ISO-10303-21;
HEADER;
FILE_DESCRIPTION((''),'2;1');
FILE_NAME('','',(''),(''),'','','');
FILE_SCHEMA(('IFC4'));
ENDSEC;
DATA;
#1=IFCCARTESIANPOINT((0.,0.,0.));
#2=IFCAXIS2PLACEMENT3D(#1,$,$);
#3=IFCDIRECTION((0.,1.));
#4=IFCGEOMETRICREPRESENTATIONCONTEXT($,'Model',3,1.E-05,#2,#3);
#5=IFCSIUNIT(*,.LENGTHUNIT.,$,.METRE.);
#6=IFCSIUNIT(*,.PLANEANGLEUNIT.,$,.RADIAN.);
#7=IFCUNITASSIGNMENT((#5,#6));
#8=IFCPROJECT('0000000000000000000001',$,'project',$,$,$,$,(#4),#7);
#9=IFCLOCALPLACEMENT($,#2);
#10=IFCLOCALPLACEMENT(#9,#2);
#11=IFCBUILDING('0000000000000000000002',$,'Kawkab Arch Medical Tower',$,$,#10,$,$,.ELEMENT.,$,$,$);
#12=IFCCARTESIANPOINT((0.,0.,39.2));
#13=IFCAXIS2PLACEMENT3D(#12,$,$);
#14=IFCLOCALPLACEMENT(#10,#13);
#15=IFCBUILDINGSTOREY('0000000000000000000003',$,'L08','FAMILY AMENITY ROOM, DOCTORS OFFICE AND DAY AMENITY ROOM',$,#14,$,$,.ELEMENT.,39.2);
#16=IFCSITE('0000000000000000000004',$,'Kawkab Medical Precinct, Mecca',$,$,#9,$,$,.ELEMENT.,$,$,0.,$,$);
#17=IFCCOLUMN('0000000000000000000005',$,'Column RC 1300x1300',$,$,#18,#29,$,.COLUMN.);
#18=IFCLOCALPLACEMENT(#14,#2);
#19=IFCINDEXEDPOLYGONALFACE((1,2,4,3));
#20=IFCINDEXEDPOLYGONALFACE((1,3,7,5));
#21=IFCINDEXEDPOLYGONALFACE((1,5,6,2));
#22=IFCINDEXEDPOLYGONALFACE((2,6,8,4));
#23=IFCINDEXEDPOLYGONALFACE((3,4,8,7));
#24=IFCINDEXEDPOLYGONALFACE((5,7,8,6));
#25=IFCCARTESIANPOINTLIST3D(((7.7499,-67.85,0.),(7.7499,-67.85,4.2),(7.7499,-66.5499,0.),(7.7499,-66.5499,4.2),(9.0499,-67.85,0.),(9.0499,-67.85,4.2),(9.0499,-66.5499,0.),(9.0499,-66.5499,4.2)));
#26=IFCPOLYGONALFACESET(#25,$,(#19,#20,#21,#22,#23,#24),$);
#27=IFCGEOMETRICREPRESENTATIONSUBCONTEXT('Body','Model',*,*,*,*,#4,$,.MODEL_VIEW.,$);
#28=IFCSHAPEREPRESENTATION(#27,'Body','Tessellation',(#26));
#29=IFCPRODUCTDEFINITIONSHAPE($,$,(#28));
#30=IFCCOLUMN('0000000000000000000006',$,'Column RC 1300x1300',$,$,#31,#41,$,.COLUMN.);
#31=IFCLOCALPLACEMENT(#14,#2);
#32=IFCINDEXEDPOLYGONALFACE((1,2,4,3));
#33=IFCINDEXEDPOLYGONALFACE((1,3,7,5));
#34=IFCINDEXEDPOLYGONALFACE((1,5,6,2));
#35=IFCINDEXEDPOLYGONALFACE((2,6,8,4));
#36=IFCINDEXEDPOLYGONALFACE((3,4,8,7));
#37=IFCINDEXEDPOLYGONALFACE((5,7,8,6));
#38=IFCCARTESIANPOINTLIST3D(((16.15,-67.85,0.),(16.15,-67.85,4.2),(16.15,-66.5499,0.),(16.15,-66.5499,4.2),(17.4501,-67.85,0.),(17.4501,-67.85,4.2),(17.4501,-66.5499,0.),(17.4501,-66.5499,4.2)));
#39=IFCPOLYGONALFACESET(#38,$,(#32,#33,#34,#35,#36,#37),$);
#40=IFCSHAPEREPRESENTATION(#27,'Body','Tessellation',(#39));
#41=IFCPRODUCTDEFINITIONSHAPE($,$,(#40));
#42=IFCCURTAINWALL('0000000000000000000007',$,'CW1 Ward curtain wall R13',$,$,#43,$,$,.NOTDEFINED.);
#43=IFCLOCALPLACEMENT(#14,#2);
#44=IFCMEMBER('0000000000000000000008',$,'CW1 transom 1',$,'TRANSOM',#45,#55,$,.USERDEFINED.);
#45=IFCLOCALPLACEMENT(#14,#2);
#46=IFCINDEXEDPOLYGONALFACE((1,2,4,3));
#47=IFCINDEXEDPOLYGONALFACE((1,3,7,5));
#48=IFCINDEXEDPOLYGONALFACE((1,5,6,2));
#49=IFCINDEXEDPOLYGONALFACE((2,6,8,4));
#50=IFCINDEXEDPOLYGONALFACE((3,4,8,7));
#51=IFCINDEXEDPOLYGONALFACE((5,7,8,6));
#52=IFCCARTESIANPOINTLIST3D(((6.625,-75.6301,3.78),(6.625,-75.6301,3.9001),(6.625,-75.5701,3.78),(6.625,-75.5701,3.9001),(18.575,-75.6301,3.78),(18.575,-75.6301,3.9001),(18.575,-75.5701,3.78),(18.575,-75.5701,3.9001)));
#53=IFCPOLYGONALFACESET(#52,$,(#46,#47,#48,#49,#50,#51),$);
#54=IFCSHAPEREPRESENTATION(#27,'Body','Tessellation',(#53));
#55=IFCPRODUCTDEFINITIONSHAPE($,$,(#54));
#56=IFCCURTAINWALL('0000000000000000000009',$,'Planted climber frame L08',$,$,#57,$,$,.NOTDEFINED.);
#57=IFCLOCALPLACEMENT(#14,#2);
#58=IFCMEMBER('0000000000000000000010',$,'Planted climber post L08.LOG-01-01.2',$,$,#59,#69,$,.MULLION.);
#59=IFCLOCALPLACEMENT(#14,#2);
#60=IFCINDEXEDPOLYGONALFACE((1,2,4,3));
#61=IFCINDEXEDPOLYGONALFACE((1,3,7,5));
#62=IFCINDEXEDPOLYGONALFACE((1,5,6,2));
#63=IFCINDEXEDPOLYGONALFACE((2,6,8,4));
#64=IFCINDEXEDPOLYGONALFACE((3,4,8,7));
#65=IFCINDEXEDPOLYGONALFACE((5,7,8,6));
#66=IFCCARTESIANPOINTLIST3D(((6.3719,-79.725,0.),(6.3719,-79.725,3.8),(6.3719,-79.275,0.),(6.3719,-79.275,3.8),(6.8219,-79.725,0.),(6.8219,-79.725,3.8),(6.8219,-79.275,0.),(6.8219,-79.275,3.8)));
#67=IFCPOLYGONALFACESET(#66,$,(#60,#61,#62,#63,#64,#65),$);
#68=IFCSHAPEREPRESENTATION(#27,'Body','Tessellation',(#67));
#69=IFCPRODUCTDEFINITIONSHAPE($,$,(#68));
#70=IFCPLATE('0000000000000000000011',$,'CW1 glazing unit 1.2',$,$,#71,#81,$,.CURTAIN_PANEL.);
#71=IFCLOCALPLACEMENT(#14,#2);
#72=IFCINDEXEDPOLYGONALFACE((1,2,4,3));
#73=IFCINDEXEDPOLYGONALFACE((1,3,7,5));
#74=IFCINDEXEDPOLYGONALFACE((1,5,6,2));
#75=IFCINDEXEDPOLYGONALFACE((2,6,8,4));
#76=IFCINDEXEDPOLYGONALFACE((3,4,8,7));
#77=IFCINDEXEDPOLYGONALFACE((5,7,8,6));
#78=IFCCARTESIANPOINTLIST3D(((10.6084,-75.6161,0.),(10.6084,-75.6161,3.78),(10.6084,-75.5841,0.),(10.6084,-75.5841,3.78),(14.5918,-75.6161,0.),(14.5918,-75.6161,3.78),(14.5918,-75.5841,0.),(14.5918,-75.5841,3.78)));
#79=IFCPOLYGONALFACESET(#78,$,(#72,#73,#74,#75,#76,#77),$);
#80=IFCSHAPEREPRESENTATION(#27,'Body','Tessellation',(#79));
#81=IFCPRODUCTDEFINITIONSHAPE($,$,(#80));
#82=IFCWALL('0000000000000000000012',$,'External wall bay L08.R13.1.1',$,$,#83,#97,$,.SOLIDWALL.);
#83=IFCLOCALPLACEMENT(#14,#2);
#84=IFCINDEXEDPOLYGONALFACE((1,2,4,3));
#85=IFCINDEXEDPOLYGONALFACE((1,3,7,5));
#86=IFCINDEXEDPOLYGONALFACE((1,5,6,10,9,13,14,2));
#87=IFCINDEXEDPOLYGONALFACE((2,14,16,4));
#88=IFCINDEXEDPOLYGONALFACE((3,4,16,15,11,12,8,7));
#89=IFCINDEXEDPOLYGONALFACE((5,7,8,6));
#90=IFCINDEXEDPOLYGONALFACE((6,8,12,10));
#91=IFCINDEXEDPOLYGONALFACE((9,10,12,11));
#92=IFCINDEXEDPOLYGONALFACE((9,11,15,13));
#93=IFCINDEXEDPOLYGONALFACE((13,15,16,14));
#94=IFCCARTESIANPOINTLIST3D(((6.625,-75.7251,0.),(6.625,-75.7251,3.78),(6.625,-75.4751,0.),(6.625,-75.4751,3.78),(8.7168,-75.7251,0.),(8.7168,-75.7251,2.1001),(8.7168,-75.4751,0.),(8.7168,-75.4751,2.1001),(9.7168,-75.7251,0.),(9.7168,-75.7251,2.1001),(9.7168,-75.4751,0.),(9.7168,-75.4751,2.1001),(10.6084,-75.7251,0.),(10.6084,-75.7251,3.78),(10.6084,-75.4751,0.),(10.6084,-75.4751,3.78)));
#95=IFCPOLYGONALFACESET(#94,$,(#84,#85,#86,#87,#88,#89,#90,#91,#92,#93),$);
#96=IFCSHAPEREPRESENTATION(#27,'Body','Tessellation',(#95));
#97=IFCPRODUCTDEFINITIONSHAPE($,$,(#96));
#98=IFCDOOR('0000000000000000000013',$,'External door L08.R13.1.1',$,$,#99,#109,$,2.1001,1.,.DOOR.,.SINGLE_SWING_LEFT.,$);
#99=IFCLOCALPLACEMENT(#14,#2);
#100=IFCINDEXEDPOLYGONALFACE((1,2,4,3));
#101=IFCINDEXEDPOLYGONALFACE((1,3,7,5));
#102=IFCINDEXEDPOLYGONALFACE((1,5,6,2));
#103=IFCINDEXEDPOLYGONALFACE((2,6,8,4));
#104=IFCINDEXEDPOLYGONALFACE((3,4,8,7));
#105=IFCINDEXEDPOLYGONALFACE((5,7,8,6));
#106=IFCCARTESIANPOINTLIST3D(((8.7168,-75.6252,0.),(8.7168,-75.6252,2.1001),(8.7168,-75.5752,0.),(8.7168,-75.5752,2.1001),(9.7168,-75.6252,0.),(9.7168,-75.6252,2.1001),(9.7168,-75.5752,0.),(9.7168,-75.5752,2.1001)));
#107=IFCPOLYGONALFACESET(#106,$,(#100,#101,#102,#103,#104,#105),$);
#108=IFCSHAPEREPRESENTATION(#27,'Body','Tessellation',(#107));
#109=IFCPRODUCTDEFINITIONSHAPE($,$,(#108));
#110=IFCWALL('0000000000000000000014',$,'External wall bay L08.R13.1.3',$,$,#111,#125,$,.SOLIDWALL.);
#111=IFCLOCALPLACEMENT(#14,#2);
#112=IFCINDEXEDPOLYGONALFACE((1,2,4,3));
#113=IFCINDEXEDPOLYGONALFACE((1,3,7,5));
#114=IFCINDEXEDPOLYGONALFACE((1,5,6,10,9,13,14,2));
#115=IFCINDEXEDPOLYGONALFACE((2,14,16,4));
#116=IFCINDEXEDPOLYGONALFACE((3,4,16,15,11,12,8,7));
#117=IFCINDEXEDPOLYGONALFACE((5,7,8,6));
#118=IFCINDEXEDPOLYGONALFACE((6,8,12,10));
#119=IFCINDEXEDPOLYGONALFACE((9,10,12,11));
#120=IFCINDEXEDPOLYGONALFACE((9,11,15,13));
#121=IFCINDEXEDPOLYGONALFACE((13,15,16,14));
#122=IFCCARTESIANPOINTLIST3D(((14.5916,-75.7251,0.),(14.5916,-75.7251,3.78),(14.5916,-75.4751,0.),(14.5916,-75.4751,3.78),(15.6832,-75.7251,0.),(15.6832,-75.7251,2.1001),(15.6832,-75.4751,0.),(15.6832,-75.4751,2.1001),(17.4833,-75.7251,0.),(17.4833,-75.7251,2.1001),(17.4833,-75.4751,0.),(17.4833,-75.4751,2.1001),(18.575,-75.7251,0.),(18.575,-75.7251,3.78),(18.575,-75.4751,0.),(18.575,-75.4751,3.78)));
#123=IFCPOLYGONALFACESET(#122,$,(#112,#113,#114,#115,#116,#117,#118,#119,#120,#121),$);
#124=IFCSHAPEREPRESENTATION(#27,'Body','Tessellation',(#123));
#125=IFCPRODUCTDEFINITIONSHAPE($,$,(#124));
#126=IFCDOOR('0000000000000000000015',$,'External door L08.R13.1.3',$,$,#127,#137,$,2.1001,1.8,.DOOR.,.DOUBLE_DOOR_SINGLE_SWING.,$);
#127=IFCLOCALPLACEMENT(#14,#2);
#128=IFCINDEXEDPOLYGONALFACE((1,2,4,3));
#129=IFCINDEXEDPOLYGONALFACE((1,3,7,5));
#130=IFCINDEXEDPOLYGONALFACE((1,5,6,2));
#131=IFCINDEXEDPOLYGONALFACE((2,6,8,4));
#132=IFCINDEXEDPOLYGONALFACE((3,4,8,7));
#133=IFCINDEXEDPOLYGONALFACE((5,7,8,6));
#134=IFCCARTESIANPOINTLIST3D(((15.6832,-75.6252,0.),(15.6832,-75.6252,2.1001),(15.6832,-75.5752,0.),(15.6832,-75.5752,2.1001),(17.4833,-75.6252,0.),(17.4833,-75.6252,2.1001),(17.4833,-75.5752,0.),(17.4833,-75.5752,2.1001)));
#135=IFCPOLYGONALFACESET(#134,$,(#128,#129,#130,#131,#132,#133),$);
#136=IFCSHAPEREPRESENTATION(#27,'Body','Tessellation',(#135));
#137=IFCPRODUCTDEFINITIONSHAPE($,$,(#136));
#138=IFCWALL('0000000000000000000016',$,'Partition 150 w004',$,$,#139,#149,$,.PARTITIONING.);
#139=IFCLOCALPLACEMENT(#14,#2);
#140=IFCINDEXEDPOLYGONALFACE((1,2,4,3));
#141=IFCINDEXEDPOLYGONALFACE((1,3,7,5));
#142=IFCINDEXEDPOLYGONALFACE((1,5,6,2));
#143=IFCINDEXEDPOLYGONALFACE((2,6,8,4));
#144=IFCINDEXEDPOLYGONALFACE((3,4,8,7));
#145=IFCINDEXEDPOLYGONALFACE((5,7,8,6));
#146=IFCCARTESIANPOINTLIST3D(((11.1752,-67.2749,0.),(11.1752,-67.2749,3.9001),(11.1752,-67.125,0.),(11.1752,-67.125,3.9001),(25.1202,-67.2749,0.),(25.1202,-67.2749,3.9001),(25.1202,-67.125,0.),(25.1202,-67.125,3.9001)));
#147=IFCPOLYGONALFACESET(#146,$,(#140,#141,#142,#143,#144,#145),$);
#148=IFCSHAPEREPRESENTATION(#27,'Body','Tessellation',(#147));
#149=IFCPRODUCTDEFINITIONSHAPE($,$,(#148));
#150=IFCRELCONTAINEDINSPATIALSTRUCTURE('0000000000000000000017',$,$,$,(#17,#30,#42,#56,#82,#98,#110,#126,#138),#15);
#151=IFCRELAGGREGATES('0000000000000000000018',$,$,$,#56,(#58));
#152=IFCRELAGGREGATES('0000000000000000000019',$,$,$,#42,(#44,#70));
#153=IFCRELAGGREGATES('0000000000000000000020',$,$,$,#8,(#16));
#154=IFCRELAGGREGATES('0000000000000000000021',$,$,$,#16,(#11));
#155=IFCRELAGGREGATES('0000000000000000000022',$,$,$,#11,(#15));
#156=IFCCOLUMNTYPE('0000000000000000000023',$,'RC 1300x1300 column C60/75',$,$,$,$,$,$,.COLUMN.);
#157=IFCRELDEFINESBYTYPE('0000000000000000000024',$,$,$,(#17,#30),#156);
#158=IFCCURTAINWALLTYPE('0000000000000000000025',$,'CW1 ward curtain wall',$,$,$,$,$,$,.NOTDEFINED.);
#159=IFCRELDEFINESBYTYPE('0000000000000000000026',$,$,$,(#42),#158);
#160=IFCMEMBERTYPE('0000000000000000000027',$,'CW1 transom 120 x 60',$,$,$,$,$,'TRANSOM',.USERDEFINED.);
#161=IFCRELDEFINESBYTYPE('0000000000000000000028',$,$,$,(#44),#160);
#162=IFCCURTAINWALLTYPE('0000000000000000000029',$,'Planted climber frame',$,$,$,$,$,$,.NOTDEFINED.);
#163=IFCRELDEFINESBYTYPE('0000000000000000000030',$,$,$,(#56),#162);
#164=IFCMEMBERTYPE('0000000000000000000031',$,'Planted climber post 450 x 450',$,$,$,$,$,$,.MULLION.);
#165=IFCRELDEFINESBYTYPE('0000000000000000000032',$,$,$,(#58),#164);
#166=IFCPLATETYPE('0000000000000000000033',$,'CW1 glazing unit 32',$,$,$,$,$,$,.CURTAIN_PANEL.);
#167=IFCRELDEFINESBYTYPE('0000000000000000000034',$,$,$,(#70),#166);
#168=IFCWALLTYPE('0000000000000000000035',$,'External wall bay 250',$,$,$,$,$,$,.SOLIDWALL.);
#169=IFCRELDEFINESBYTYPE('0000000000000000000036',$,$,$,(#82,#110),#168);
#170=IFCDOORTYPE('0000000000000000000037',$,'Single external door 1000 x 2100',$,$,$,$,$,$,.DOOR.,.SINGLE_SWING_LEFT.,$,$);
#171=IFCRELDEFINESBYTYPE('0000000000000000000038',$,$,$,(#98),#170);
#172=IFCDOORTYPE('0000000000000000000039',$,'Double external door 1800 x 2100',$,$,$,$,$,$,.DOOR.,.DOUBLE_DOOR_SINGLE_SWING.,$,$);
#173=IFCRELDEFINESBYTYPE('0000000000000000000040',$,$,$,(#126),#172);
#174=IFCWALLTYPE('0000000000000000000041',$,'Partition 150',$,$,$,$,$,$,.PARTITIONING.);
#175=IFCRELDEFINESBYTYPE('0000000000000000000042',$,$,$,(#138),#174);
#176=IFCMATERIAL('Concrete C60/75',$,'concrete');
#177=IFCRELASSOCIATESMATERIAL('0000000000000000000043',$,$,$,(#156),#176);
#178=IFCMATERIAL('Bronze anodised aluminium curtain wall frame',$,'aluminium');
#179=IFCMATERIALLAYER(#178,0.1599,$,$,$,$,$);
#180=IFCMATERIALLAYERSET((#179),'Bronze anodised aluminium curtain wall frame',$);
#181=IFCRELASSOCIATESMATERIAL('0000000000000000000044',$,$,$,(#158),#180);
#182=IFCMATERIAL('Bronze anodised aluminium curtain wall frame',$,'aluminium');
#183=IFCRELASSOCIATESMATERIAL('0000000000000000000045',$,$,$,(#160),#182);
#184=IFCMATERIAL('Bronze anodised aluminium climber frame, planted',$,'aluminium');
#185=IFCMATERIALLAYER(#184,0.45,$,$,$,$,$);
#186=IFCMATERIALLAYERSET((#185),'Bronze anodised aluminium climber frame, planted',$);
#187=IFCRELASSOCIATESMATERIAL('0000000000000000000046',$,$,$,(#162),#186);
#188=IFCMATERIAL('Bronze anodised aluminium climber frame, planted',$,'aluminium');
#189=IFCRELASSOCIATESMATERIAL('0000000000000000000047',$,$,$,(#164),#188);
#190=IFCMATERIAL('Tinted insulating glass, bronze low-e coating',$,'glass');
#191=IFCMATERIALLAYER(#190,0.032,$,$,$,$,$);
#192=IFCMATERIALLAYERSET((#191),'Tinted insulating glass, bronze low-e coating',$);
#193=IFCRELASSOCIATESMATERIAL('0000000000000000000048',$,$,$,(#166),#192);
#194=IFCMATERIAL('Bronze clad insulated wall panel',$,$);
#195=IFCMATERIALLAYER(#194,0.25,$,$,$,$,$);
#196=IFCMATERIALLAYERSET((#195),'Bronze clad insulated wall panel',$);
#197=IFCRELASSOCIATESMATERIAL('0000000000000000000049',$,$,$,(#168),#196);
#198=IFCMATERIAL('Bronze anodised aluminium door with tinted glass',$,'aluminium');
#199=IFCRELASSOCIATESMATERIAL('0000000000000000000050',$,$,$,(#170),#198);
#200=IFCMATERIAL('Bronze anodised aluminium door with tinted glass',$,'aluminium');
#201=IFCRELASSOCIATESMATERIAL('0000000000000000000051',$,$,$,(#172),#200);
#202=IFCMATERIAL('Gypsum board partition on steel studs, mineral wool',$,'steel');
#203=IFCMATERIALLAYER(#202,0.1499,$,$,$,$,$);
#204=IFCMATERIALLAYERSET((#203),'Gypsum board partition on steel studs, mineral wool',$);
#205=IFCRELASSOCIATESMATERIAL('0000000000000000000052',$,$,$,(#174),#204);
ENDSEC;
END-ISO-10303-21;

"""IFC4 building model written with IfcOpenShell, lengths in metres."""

from ifc_helpers import new_model, si_unit, direction, frame, frame_2d, origin, origin_2d, place, context, subcontext, project, spatial, rectangle, extrude, material, layer, layer_set, material_profile, profile_set, type_object, element, fill, aggregate, save


model = new_model("IFC4")

# Units and contexts
model_context = context("Model", 3, precision=1e-05, world=origin(), true_north=direction((0.0, 1.0)))
body_context = subcontext(model_context, "Body", "Model", "MODEL_VIEW")
ifc_project = project(units=[si_unit("LENGTHUNIT", "METRE"), si_unit("PLANEANGLEUNIT", "RADIAN")], contexts=[model_context])

# Site, building, storey
site_placement = place(None, origin())
site = spatial("IfcSite", under=ifc_project, at=site_placement, Name="Kawkab Medical Precinct, Mecca", CompositionType="ELEMENT", RefElevation=0.0)
building_placement = place(site_placement, origin())
building = spatial("IfcBuilding", under=site, at=building_placement, Name="Kawkab Arch Medical Tower", CompositionType="ELEMENT")
storey_placement = place(building_placement, frame((0.0, 0.0, 39.2)))
storey = spatial("IfcBuildingStorey", under=building, at=storey_placement, Name="L08", Description="FAMILY AMENITY ROOM, DOCTORS OFFICE AND DAY AMENITY ROOM", CompositionType="ELEMENT", Elevation=39.2)

# Columns
ifc_material_1 = material(Name="Concrete C60/75", Category="concrete")
ifc_material_profile_1 = material_profile(ifc_material_1, rectangle(XDim=1.3, YDim=1.3, at=origin_2d()), Name="RC 1300x1300")
ifc_profile_set_1 = profile_set([ifc_material_profile_1], Name="Concrete C60/75")
column_type = type_object("IfcColumnType", Name="RC 1300x1300 column C60/75", PredefinedType="COLUMN", material=ifc_profile_set_1)
for number, where, z_axis, x_axis, name in (
    (1, (8.3999, -67.2, 0.0), (0.0, 0.0, 1.0), (1.0, 0.0, 0.0), "Column RC 1300x1300"),
    (2, (16.8, -67.2, 0.0), (0.0, 0.0, 1.0), (1.0, 0.0, 0.0), "Column RC 1300x1300"),
):
    element("IfcColumn", number, at=place(storey_placement, frame(where, z_axis=z_axis, x_axis=x_axis)), inside=storey, type_object=column_type, Name=name, PredefinedType="COLUMN", context=body_context, shape_type="SweptSolid", body=[
        extrude(rectangle(XDim=1.3, YDim=1.3, at=origin_2d()), origin(), (0.0, 0.0, 1.0), 4.2),
    ])

# Curtain walls, members
ifc_material_2 = material(Name="Bronze anodised aluminium curtain wall frame", Category="aluminium")
ifc_layer_1 = layer(ifc_material_2, 0.1599)
ifc_layer_set_1 = layer_set([ifc_layer_1], Name="Bronze anodised aluminium curtain wall frame")
curtain_wall_type_1 = type_object("IfcCurtainWallType", Name="CW1 ward curtain wall", PredefinedType="NOTDEFINED", material=ifc_layer_set_1)
placement = place(storey_placement, origin())
curtain_wall_1 = element("IfcCurtainWall", 3, at=placement, inside=storey, type_object=curtain_wall_type_1, Name="CW1 Ward curtain wall R13", PredefinedType="NOTDEFINED")
ifc_material_3 = material(Name="Bronze anodised aluminium curtain wall frame", Category="aluminium")
ifc_material_profile_2 = material_profile(ifc_material_3, rectangle(XDim=0.0601, YDim=0.1201, at=origin_2d()), Name="AL 60x120")
ifc_profile_set_2 = profile_set([ifc_material_profile_2], Name="Bronze anodised aluminium curtain wall frame")
member_type_1 = type_object("IfcMemberType", Name="CW1 transom 120 x 60", ElementType="TRANSOM", PredefinedType="USERDEFINED", material=ifc_profile_set_2)
member_1_placement = place(storey_placement, frame((6.625, -75.6001, 3.8401), z_axis=(1.0, 0.0, 0.0), x_axis=(0.0, 1.0, 0.0)))
member_1 = element("IfcMember", 4, at=member_1_placement, type_object=member_type_1, Name="CW1 transom 1", ObjectType="TRANSOM", PredefinedType="USERDEFINED", context=body_context, shape_type="SweptSolid", body=[
    extrude(rectangle(XDim=0.0601, YDim=0.1201, at=origin_2d()), origin(), (0.0, 0.0, 1.0), 11.95),
])
ifc_material_4 = material(Name="Bronze anodised aluminium climber frame, planted", Category="aluminium")
ifc_layer_2 = layer(ifc_material_4, 0.45)
ifc_layer_set_2 = layer_set([ifc_layer_2], Name="Bronze anodised aluminium climber frame, planted")
curtain_wall_type_2 = type_object("IfcCurtainWallType", Name="Planted climber frame", PredefinedType="NOTDEFINED", material=ifc_layer_set_2)
curtain_wall_2 = element("IfcCurtainWall", 5, at=placement, inside=storey, type_object=curtain_wall_type_2, Name="Planted climber frame L08", PredefinedType="NOTDEFINED")
ifc_material_5 = material(Name="Bronze anodised aluminium climber frame, planted", Category="aluminium")
ifc_material_profile_3 = material_profile(ifc_material_5, rectangle(XDim=0.45, YDim=0.45, at=origin_2d()), Name="Post 450x450")
ifc_profile_set_3 = profile_set([ifc_material_profile_3], Name="Bronze anodised aluminium climber frame, planted")
member_type_2 = type_object("IfcMemberType", Name="Planted climber post 450 x 450", PredefinedType="MULLION", material=ifc_profile_set_3)
member_2_placement = place(storey_placement, frame((6.5969, -79.5, 0.0), z_axis=(0.0, 0.0, 1.0), x_axis=(1.0, 0.0, 0.0)))
member_2 = element("IfcMember", 6, at=member_2_placement, type_object=member_type_2, Name="Planted climber post L08.LOG-01-01.2", PredefinedType="MULLION", context=body_context, shape_type="SweptSolid", body=[
    extrude(rectangle(XDim=0.45, YDim=0.45, at=origin_2d()), origin(), (0.0, 0.0, 1.0), 3.8),
])
aggregate(curtain_wall_2, [member_2])

# Plate
ifc_material_6 = material(Name="Tinted insulating glass, bronze low-e coating", Category="glass")
ifc_layer_3 = layer(ifc_material_6, 0.032)
ifc_layer_set_3 = layer_set([ifc_layer_3], Name="Tinted insulating glass, bronze low-e coating")
plate_type = type_object("IfcPlateType", Name="CW1 glazing unit 32", PredefinedType="CURTAIN_PANEL", material=ifc_layer_set_3)
plate_placement = place(storey_placement, frame((12.6001, -75.6001, 0.0), z_axis=(0.0, 0.0, 1.0), x_axis=(1.0, 0.0, 0.0)))
plate = element("IfcPlate", 7, at=plate_placement, type_object=plate_type, Name="CW1 glazing unit 1.2", PredefinedType="CURTAIN_PANEL", context=body_context, shape_type="SweptSolid", body=[
    extrude(rectangle(XDim=3.9834, YDim=0.032, at=origin_2d()), origin(), (0.0, 0.0, 1.0), 3.78),
])
aggregate(curtain_wall_1, [member_1, plate])

# Walls, openings, doors
ifc_material_7 = material(Name="Bronze clad insulated wall panel")
ifc_layer_4 = layer(ifc_material_7, 0.25)
ifc_layer_set_4 = layer_set([ifc_layer_4], Name="Bronze clad insulated wall panel")
wall_type_1 = type_object("IfcWallType", Name="External wall bay 250", PredefinedType="SOLIDWALL", material=ifc_layer_set_4)
wall_1_placement = place(storey_placement, frame((6.625, -75.6001, 0.0), z_axis=(0.0, 0.0, 1.0), x_axis=(1.0, 0.0, 0.0)))
wall_1 = element("IfcWall", 8, at=wall_1_placement, inside=storey, type_object=wall_type_1, Name="External wall bay L08.R13.1.1", PredefinedType="SOLIDWALL", context=body_context, shape_type="SweptSolid", body=[
    extrude(rectangle(XDim=3.9834, YDim=0.25, at=frame_2d((1.9917, 0.0))), origin(), (0.0, 0.0, 1.0), 3.78),
])
opening_1_placement = place(wall_1_placement, frame((2.0918, 0.0, 0.0)))
opening_1 = element("IfcOpeningElement", 9, at=opening_1_placement, cuts=wall_1, PredefinedType="OPENING", context=body_context, shape_type="SweptSolid", body=[
    extrude(rectangle(XDim=1.0, YDim=2.1001, at=frame_2d((0.5, 1.05))), frame((0.0, 0.135, 0.0), z_axis=(0.0, -1.0, 0.0), x_axis=(1.0, 0.0, 0.0)), (0.0, 0.0, 1.0), 0.27),
])
ifc_material_8 = material(Name="Bronze anodised aluminium door with tinted glass", Category="aluminium")
door_type_1 = type_object("IfcDoorType", Name="Single external door 1000 x 2100", OperationType="SINGLE_SWING_LEFT", PredefinedType="DOOR", material=ifc_material_8)
door_1_placement = place(opening_1_placement, origin())
door_1 = element("IfcDoor", 10, at=door_1_placement, inside=storey, type_object=door_type_1, Name="External door L08.R13.1.1", OperationType="SINGLE_SWING_LEFT", OverallHeight=2.1001, OverallWidth=1.0, PredefinedType="DOOR", context=body_context, shape_type="SweptSolid", body=[
    extrude(rectangle(XDim=1.0, YDim=2.1001, at=frame_2d((0.5, 1.05))), frame((0.0, 0.0249, 0.0), z_axis=(0.0, -1.0, 0.0), x_axis=(1.0, 0.0, 0.0)), (0.0, 0.0, 1.0), 0.05),
])
fill(opening_1, door_1)
wall_2_placement = place(storey_placement, frame((14.5916, -75.6001, 0.0), z_axis=(0.0, 0.0, 1.0), x_axis=(1.0, 0.0, 0.0)))
wall_2 = element("IfcWall", 11, at=wall_2_placement, inside=storey, type_object=wall_type_1, Name="External wall bay L08.R13.1.3", PredefinedType="SOLIDWALL", context=body_context, shape_type="SweptSolid", body=[
    extrude(rectangle(XDim=3.9834, YDim=0.25, at=frame_2d((1.9917, 0.0))), origin(), (0.0, 0.0, 1.0), 3.78),
])
opening_2_placement = place(wall_2_placement, frame((1.0918, 0.0, 0.0)))
opening_2 = element("IfcOpeningElement", 12, at=opening_2_placement, cuts=wall_2, PredefinedType="OPENING", context=body_context, shape_type="SweptSolid", body=[
    extrude(rectangle(XDim=1.8, YDim=2.1001, at=frame_2d((0.8999, 1.05))), frame((0.0, 0.135, 0.0), z_axis=(0.0, -1.0, 0.0), x_axis=(1.0, 0.0, 0.0)), (0.0, 0.0, 1.0), 0.27),
])
ifc_material_9 = material(Name="Bronze anodised aluminium door with tinted glass", Category="aluminium")
door_type_2 = type_object("IfcDoorType", Name="Double external door 1800 x 2100", OperationType="DOUBLE_DOOR_SINGLE_SWING", PredefinedType="DOOR", material=ifc_material_9)
door_2_placement = place(opening_2_placement, origin())
door_2 = element("IfcDoor", 13, at=door_2_placement, inside=storey, type_object=door_type_2, Name="External door L08.R13.1.3", OperationType="DOUBLE_DOOR_SINGLE_SWING", OverallHeight=2.1001, OverallWidth=1.8, PredefinedType="DOOR", context=body_context, shape_type="SweptSolid", body=[
    extrude(rectangle(XDim=1.8, YDim=2.1001, at=frame_2d((0.8999, 1.05))), frame((0.0, 0.0249, 0.0), z_axis=(0.0, -1.0, 0.0), x_axis=(1.0, 0.0, 0.0)), (0.0, 0.0, 1.0), 0.05),
])
fill(opening_2, door_2)

# Wall
ifc_material_10 = material(Name="Gypsum board partition on steel studs, mineral wool", Category="steel")
ifc_layer_5 = layer(ifc_material_10, 0.1499)
ifc_layer_set_5 = layer_set([ifc_layer_5], Name="Gypsum board partition on steel studs, mineral wool")
wall_type_2 = type_object("IfcWallType", Name="Partition 150", PredefinedType="PARTITIONING", material=ifc_layer_set_5)
wall_3_placement = place(storey_placement, frame((11.175, -67.2, 0.0), z_axis=(0.0, 0.0, 1.0), x_axis=(1.0, 0.0, 0.0)))
element("IfcWall", 14, at=wall_3_placement, inside=storey, type_object=wall_type_2, Name="Partition 150 w004", PredefinedType="PARTITIONING", context=body_context, shape_type="SweptSolid", body=[
    extrude(rectangle(XDim=13.9451, YDim=0.1499, at=frame_2d((6.9727, 0.0))), origin(), (0.0, 0.0, 1.0), 3.9001),
])

save(model, "model.ifc")
